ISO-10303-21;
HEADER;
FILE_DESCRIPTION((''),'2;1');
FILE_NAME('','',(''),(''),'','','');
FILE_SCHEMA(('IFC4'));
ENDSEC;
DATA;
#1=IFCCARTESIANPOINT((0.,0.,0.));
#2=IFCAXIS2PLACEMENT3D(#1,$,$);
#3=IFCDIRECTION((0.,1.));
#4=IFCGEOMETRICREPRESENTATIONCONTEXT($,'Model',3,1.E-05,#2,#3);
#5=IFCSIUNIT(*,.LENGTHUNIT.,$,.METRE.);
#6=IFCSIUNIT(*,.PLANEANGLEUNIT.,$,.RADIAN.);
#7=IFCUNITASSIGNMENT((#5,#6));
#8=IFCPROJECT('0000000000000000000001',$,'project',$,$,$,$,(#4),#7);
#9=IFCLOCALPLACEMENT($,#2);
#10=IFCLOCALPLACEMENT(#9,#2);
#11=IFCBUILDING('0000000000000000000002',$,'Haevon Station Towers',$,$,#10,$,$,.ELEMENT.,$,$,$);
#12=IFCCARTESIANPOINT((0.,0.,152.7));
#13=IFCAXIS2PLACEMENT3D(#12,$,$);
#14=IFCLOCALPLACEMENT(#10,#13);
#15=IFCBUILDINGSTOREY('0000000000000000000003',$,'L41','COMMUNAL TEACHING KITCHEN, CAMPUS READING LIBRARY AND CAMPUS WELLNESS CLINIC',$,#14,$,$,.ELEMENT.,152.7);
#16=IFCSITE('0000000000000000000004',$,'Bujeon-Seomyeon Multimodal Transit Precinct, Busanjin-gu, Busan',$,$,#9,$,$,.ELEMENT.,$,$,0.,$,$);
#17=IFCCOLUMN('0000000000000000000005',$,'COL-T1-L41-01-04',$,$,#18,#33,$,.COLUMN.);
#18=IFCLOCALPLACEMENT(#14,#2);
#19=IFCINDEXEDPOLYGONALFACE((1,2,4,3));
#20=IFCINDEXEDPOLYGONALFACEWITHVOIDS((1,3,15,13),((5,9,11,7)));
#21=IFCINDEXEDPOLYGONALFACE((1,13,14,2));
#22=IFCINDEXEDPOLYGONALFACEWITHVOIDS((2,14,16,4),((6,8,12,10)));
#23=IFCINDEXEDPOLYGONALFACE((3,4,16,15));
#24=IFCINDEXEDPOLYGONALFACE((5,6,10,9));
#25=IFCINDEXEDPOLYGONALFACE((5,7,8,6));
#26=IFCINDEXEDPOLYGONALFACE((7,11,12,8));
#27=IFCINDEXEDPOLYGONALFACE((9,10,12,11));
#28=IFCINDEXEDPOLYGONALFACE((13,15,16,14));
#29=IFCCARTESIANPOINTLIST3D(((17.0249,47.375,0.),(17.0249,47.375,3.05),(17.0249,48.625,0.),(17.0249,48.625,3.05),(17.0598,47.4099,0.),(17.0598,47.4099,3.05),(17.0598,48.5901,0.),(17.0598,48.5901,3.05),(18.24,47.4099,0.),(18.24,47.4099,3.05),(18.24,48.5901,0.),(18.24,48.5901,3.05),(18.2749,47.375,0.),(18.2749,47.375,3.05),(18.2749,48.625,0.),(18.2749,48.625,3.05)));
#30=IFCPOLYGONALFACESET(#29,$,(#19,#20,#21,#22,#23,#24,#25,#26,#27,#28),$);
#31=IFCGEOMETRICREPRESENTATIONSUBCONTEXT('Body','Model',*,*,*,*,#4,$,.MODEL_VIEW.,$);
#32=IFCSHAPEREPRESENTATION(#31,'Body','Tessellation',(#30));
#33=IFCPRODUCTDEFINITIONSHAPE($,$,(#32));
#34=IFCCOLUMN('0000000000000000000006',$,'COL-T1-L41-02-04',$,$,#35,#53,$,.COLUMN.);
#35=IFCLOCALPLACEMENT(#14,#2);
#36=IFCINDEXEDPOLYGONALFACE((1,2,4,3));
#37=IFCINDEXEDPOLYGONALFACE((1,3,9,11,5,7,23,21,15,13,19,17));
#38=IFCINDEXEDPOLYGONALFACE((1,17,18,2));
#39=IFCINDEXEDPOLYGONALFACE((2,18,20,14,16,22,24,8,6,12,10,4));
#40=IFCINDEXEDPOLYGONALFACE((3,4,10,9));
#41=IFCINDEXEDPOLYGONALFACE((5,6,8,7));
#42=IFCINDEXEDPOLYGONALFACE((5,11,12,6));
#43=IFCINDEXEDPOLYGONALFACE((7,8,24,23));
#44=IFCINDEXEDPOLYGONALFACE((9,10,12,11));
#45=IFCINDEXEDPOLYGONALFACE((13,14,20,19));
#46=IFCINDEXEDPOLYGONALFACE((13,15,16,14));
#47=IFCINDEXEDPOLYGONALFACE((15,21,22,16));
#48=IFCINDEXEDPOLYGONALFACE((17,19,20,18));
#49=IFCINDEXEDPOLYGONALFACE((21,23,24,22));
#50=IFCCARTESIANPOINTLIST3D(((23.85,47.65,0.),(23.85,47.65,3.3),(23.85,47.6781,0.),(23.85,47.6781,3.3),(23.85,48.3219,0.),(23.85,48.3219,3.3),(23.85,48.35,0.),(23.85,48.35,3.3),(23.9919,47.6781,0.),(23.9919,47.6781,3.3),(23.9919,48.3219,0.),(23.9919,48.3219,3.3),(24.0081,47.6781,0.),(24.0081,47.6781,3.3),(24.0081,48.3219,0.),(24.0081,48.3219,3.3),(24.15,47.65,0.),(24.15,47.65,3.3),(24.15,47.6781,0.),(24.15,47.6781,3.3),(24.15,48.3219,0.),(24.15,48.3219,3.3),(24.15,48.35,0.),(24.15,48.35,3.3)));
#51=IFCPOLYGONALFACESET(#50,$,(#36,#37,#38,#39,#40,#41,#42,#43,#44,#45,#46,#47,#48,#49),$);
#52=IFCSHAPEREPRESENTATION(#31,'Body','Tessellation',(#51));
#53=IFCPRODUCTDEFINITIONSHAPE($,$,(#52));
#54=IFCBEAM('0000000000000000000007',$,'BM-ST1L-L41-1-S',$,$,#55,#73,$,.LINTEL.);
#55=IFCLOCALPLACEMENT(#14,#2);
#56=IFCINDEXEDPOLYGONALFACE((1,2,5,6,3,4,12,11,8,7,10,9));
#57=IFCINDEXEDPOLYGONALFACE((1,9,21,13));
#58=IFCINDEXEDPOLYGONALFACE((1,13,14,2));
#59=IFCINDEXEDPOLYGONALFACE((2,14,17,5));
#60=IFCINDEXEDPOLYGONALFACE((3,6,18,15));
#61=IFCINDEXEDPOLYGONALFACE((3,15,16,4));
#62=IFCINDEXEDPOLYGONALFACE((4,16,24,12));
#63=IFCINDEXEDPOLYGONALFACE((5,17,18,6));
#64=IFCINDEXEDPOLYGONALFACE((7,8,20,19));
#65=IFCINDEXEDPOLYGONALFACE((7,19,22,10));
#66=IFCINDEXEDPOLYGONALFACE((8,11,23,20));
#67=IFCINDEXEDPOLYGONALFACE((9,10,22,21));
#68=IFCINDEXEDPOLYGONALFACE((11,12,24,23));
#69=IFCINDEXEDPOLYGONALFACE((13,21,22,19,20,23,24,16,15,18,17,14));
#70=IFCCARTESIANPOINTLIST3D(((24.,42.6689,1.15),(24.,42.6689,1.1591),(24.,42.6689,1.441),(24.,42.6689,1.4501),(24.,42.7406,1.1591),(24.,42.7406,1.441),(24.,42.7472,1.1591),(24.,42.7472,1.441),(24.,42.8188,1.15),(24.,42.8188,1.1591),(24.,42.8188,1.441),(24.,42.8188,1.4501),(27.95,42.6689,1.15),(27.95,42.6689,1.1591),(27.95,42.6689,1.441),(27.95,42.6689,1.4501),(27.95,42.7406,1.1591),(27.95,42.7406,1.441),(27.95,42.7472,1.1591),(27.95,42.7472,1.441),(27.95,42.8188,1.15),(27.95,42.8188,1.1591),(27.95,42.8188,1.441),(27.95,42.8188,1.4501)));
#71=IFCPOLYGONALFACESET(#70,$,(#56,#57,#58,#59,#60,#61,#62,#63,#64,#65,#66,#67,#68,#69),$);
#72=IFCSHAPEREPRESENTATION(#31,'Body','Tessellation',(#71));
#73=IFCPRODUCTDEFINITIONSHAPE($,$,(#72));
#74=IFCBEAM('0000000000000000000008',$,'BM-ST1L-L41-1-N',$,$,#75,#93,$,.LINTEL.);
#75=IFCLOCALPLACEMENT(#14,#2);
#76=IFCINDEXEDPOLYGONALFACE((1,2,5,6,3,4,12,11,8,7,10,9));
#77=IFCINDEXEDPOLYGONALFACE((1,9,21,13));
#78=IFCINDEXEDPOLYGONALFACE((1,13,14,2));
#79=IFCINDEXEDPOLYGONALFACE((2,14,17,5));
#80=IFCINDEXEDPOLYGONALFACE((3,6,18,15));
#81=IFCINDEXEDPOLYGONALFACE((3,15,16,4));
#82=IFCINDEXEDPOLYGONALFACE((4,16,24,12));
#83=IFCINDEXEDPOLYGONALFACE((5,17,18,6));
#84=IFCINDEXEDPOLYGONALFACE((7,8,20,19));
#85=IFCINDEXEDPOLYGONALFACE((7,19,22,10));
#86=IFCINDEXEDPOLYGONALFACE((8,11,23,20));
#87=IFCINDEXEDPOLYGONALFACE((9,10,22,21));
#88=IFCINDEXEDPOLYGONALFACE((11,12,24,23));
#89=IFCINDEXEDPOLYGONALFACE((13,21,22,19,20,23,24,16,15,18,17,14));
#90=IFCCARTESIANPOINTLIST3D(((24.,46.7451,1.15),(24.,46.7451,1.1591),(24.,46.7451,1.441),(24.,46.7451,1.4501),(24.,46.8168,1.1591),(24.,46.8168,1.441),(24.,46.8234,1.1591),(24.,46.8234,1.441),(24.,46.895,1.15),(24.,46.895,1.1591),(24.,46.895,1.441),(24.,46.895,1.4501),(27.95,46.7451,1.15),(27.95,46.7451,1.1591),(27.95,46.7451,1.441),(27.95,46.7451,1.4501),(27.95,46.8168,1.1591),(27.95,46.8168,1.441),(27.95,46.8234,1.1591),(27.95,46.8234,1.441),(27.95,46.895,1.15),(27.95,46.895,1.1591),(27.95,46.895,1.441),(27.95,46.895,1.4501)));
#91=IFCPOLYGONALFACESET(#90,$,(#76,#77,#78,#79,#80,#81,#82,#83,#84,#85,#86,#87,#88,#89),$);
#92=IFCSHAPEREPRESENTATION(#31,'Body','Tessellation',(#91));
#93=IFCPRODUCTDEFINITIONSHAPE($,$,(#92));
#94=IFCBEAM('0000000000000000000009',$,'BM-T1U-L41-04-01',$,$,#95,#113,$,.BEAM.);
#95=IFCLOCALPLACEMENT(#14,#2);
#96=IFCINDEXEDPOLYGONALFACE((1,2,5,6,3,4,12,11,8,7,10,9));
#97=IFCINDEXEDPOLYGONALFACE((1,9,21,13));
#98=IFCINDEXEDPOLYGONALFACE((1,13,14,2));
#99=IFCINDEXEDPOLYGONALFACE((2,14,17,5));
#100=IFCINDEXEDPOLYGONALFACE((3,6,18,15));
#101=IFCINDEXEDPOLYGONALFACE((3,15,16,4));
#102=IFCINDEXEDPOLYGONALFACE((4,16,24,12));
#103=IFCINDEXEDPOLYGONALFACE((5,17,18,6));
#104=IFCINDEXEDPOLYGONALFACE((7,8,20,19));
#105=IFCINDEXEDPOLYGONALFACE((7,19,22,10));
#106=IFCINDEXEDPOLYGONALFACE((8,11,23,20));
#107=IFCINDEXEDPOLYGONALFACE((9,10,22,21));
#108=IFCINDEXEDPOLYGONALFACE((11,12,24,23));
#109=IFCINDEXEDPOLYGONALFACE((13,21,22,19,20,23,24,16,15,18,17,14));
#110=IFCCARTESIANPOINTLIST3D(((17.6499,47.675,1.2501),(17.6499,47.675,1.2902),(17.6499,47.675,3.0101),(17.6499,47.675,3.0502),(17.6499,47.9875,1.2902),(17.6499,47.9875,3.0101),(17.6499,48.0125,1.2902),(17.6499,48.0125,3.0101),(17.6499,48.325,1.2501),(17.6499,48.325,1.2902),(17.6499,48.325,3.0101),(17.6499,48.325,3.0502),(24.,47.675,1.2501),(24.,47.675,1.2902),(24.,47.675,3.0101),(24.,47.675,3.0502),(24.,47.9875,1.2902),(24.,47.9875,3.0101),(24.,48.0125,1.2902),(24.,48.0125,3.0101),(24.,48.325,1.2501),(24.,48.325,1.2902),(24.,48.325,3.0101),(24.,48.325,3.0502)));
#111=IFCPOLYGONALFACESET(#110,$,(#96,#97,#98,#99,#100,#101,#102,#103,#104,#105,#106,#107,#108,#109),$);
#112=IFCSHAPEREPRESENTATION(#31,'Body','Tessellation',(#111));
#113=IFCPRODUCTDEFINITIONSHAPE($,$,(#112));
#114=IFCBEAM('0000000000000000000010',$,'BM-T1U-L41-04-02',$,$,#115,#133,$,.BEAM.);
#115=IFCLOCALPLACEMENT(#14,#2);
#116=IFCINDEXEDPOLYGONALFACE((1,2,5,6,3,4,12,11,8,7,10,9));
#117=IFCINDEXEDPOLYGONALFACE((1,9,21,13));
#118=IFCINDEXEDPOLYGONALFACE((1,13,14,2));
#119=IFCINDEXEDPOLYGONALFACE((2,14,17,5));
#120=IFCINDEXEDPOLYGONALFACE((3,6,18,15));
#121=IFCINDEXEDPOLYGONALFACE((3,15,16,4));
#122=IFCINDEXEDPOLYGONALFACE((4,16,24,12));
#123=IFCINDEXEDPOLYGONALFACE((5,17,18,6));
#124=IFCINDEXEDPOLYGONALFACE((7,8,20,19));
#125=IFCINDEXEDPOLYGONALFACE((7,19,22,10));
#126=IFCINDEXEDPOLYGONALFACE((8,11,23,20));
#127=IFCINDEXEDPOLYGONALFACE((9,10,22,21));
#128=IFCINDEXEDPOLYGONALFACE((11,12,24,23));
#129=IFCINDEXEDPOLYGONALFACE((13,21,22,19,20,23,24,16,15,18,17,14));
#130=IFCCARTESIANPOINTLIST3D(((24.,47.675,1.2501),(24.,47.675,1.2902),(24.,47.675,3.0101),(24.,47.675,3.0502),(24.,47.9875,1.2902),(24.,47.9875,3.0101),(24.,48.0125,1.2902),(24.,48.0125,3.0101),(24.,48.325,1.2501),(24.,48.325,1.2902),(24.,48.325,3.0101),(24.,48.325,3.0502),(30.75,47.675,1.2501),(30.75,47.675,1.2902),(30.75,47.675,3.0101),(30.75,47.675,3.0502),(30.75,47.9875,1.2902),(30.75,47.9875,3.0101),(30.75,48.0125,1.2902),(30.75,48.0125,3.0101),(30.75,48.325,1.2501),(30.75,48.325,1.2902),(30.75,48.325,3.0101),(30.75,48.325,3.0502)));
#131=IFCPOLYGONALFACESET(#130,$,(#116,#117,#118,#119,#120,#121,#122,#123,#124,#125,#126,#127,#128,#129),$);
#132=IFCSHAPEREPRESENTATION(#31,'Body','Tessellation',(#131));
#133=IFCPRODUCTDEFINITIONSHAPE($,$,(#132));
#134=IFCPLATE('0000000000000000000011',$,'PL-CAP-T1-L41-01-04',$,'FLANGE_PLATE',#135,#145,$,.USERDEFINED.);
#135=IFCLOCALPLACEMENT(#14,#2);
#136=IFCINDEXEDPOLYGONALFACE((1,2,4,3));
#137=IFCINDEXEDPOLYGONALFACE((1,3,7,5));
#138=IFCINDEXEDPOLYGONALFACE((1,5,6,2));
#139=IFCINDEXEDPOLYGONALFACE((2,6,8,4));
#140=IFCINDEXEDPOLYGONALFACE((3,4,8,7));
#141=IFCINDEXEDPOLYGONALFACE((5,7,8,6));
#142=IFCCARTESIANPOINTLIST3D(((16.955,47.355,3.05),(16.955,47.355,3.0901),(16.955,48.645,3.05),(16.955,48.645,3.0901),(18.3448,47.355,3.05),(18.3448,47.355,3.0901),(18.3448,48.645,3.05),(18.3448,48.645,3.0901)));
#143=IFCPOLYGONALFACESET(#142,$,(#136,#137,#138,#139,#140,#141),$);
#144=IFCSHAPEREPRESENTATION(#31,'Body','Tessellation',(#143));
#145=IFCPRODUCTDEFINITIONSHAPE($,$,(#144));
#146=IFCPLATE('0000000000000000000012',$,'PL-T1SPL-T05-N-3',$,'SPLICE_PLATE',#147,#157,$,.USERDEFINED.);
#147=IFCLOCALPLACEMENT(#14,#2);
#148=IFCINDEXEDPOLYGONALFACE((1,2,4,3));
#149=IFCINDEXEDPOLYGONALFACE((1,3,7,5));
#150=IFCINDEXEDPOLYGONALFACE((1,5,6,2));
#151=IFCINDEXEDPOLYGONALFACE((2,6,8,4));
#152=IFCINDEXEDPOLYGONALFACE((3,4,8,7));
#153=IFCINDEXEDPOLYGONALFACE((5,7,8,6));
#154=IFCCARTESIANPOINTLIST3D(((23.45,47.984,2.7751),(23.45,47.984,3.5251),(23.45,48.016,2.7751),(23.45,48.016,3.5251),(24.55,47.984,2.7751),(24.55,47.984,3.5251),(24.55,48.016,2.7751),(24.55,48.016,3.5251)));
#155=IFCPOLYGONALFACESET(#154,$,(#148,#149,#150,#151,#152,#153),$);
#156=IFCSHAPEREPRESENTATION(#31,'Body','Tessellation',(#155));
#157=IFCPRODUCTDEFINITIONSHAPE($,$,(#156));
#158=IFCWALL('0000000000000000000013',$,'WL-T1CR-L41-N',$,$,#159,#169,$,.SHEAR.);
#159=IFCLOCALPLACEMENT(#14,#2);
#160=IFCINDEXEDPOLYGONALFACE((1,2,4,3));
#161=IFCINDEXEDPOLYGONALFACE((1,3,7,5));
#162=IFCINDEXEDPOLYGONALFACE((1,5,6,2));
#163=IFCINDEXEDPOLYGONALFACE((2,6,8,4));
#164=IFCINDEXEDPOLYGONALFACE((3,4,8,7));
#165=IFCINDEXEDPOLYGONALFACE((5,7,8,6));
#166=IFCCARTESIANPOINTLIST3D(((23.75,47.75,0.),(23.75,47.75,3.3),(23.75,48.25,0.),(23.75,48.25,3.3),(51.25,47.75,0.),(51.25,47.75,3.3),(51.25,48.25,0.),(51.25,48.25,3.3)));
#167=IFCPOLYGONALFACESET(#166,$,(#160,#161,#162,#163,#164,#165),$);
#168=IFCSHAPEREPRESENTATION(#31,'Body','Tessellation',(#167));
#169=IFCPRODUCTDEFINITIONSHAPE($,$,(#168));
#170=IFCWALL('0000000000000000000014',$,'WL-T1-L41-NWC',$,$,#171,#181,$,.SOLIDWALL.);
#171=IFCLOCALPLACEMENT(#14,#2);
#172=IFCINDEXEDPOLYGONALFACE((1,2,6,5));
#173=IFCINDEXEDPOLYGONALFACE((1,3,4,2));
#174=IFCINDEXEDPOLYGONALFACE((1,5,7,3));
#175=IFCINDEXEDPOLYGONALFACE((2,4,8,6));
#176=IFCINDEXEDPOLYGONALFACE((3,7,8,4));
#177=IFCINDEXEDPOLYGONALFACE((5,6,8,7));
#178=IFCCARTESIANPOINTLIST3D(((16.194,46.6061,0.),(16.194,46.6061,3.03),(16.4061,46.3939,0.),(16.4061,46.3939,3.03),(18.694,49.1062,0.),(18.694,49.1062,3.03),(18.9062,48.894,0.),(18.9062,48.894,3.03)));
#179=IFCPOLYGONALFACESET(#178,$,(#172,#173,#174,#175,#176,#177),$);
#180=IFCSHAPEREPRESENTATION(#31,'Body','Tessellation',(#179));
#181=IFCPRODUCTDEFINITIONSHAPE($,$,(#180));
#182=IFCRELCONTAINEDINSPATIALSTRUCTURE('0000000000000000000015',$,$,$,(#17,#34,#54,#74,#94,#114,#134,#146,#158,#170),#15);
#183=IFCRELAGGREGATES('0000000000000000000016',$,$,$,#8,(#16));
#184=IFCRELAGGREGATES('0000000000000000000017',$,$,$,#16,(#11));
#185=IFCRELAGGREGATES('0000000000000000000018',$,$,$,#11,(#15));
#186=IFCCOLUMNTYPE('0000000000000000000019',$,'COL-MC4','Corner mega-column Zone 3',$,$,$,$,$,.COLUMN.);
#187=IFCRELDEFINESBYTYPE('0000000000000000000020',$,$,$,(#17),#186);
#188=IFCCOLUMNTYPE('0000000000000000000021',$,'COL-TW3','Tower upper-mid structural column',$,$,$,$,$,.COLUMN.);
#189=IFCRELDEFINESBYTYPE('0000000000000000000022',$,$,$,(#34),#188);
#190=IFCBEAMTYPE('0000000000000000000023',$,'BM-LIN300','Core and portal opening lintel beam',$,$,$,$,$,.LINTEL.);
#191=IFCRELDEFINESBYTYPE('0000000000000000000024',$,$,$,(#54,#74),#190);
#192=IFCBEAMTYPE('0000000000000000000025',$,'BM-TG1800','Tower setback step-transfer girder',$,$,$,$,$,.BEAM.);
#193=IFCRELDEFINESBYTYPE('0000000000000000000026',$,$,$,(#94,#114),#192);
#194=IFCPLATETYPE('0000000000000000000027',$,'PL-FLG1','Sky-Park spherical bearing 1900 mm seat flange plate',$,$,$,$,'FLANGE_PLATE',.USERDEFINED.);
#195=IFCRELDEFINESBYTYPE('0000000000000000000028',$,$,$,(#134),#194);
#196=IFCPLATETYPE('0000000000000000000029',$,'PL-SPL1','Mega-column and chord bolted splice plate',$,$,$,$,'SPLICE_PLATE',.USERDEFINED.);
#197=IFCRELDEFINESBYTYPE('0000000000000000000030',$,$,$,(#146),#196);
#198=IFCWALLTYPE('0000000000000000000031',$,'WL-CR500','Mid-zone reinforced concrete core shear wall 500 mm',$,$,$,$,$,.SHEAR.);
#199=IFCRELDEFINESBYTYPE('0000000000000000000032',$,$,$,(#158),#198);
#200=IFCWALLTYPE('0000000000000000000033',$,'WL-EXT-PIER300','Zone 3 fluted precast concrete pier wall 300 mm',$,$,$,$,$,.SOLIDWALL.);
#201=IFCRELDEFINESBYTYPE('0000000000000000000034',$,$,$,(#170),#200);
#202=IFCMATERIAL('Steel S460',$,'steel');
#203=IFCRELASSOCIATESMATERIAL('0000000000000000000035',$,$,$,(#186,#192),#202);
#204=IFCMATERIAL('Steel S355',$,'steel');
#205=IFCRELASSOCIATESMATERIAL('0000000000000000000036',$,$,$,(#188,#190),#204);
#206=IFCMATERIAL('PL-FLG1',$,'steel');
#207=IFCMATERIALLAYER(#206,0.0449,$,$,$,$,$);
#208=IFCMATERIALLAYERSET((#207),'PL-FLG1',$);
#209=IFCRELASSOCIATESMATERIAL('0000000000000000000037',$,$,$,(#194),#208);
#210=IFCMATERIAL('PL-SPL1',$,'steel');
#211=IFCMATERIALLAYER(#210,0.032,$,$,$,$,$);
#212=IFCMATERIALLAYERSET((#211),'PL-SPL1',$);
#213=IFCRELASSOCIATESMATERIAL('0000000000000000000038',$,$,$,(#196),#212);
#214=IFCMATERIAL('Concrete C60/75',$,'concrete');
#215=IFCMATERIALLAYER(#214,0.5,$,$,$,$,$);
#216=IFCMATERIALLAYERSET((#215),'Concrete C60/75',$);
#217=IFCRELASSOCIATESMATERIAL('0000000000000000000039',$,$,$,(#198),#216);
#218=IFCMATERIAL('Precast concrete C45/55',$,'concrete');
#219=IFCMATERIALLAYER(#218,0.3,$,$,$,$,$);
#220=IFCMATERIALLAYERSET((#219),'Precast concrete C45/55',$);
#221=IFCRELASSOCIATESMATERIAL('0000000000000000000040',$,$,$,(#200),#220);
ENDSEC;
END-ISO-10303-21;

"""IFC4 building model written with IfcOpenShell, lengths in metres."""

from ifc_helpers import new_model, si_unit, direction, frame, frame_2d, origin, origin_2d, place, context, subcontext, project, spatial, rectangle, hollow_rectangle, i_section, extrude, material, layer, layer_set, material_profile, profile_set, type_object, element, save


model = new_model("IFC4")

# Units and contexts
model_context = context("Model", 3, precision=1e-05, world=origin(), true_north=direction((0.0, 1.0)))
body_context = subcontext(model_context, "Body", "Model", "MODEL_VIEW")
ifc_project = project(units=[si_unit("LENGTHUNIT", "METRE"), si_unit("PLANEANGLEUNIT", "RADIAN")], contexts=[model_context])

# Site, building, storey
site_placement = place(None, origin())
site = spatial("IfcSite", under=ifc_project, at=site_placement, Name="Bujeon-Seomyeon Multimodal Transit Precinct, Busanjin-gu, Busan", CompositionType="ELEMENT", RefElevation=0.0)
building_placement = place(site_placement, origin())
building = spatial("IfcBuilding", under=site, at=building_placement, Name="Haevon Station Towers", CompositionType="ELEMENT")
storey_placement = place(building_placement, frame((0.0, 0.0, 152.7)))
storey = spatial("IfcBuildingStorey", under=building, at=storey_placement, Name="L41", Description="COMMUNAL TEACHING KITCHEN, CAMPUS READING LIBRARY AND CAMPUS WELLNESS CLINIC", CompositionType="ELEMENT", Elevation=152.7)

# Columns
ifc_material_1 = material(Name="Steel S460", Category="steel")
ifc_material_profile_1 = material_profile(ifc_material_1, hollow_rectangle(XDim=1.25, YDim=1.25, WallThickness=0.0349, at=origin_2d()), Name="BOX-1250x1250x35")
ifc_profile_set_1 = profile_set([ifc_material_profile_1], Name="Steel S460")
column_type_1 = type_object("IfcColumnType", Name="COL-MC4", Description="Corner mega-column Zone 3", PredefinedType="COLUMN", material=ifc_profile_set_1)
column_1_placement = place(storey_placement, frame((17.6499, 48.0, 0.0), z_axis=(0.0, 0.0, 1.0), x_axis=(1.0, 0.0, 0.0)))
element("IfcColumn", 1, at=column_1_placement, inside=storey, type_object=column_type_1, Name="COL-T1-L41-01-04", PredefinedType="COLUMN", context=body_context, shape_type="SweptSolid", body=[
    extrude(hollow_rectangle(XDim=1.25, YDim=1.25, WallThickness=0.0349, at=origin_2d()), origin(), (0.0, 0.0, 1.0), 3.05),
])
ifc_material_2 = material(Name="Steel S355", Category="steel")
ifc_material_profile_2 = material_profile(ifc_material_2, i_section(OverallWidth=0.3, OverallDepth=0.7, WebThickness=0.0161, FlangeThickness=0.0281, at=origin_2d()), Name="H-700x300x16x28")
ifc_profile_set_2 = profile_set([ifc_material_profile_2], Name="Steel S355")
column_type_2 = type_object("IfcColumnType", Name="COL-TW3", Description="Tower upper-mid structural column", PredefinedType="COLUMN", material=ifc_profile_set_2)
column_2_placement = place(storey_placement, frame((24.0, 48.0, 0.0), z_axis=(0.0, 0.0, 1.0), x_axis=(1.0, 0.0, 0.0)))
element("IfcColumn", 2, at=column_2_placement, inside=storey, type_object=column_type_2, Name="COL-T1-L41-02-04", PredefinedType="COLUMN", context=body_context, shape_type="SweptSolid", body=[
    extrude(i_section(OverallWidth=0.3, OverallDepth=0.7, WebThickness=0.0161, FlangeThickness=0.0281, at=origin_2d()), origin(), (0.0, 0.0, 1.0), 3.3),
])

# Beams
ifc_material_profile_3 = material_profile(ifc_material_2, i_section(OverallWidth=0.1499, OverallDepth=0.3, WebThickness=0.0066, FlangeThickness=0.009, at=origin_2d()), Name="H-300x150x6.5x9")
ifc_profile_set_3 = profile_set([ifc_material_profile_3], Name="Steel S355")
beam_type_1 = type_object("IfcBeamType", Name="BM-LIN300", Description="Core and portal opening lintel beam", PredefinedType="LINTEL", material=ifc_profile_set_3)
for number, where, z_axis, x_axis, name in (
    (3, (24.0, 42.7439, 1.3), (1.0, 0.0, 0.0), (0.0, 1.0, 0.0), "BM-ST1L-L41-1-S"),
    (4, (24.0, 46.8201, 1.3), (1.0, 0.0, 0.0), (0.0, 1.0, 0.0), "BM-ST1L-L41-1-N"),
):
    element("IfcBeam", number, at=place(storey_placement, frame(where, z_axis=z_axis, x_axis=x_axis)), inside=storey, type_object=beam_type_1, Name=name, PredefinedType="LINTEL", context=body_context, shape_type="SweptSolid", body=[
        extrude(i_section(OverallWidth=0.1499, OverallDepth=0.3, WebThickness=0.0066, FlangeThickness=0.009, at=origin_2d()), origin(), (0.0, 0.0, 1.0), 3.95),
    ])
ifc_material_profile_4 = material_profile(ifc_material_1, i_section(OverallWidth=0.6499, OverallDepth=1.8, WebThickness=0.0249, FlangeThickness=0.04, at=origin_2d()), Name="H-1800x650x25x40")
ifc_profile_set_4 = profile_set([ifc_material_profile_4], Name="Steel S460")
beam_type_2 = type_object("IfcBeamType", Name="BM-TG1800", Description="Tower setback step-transfer girder", PredefinedType="BEAM", material=ifc_profile_set_4)
beam_1_placement = place(storey_placement, frame((17.6499, 48.0, 2.1501), z_axis=(1.0, 0.0, 0.0), x_axis=(0.0, 1.0, 0.0)))
element("IfcBeam", 5, at=beam_1_placement, inside=storey, type_object=beam_type_2, Name="BM-T1U-L41-04-01", PredefinedType="BEAM", context=body_context, shape_type="SweptSolid", body=[
    extrude(i_section(OverallWidth=0.6499, OverallDepth=1.8, WebThickness=0.0249, FlangeThickness=0.04, at=origin_2d()), origin(), (0.0, 0.0, 1.0), 6.3501),
])
beam_2_placement = place(storey_placement, frame((24.0, 48.0, 2.1501), z_axis=(1.0, 0.0, 0.0), x_axis=(0.0, 1.0, 0.0)))
element("IfcBeam", 6, at=beam_2_placement, inside=storey, type_object=beam_type_2, Name="BM-T1U-L41-04-02", PredefinedType="BEAM", context=body_context, shape_type="SweptSolid", body=[
    extrude(i_section(OverallWidth=0.6499, OverallDepth=1.8, WebThickness=0.0249, FlangeThickness=0.04, at=origin_2d()), origin(), (0.0, 0.0, 1.0), 6.75),
])

# Plates
ifc_material_3 = material(Name="PL-FLG1", Category="steel")
ifc_layer_1 = layer(ifc_material_3, 0.0449)
ifc_layer_set_1 = layer_set([ifc_layer_1], Name="PL-FLG1")
plate_type_1 = type_object("IfcPlateType", Name="PL-FLG1", Description="Sky-Park spherical bearing 1900 mm seat flange plate", ElementType="FLANGE_PLATE", PredefinedType="USERDEFINED", material=ifc_layer_set_1)
plate_1_placement = place(storey_placement, frame((17.6499, 48.0, 3.05), z_axis=(0.0, 0.0, 1.0), x_axis=(1.0, 0.0, 0.0)))
element("IfcPlate", 7, at=plate_1_placement, inside=storey, type_object=plate_type_1, Name="PL-CAP-T1-L41-01-04", ObjectType="FLANGE_PLATE", PredefinedType="USERDEFINED", context=body_context, shape_type="SweptSolid", body=[
    extrude(rectangle(XDim=1.3899, YDim=1.29, at=origin_2d()), origin(), (0.0, 0.0, 1.0), 0.04),
])
ifc_material_4 = material(Name="PL-SPL1", Category="steel")
ifc_layer_2 = layer(ifc_material_4, 0.032)
ifc_layer_set_2 = layer_set([ifc_layer_2], Name="PL-SPL1")
plate_type_2 = type_object("IfcPlateType", Name="PL-SPL1", Description="Mega-column and chord bolted splice plate", ElementType="SPLICE_PLATE", PredefinedType="USERDEFINED", material=ifc_layer_set_2)
plate_2_placement = place(storey_placement, frame((24.0, 48.0, 2.7751), z_axis=(0.0, 0.0, 1.0), x_axis=(1.0, 0.0, 0.0)))
element("IfcPlate", 8, at=plate_2_placement, inside=storey, type_object=plate_type_2, Name="PL-T1SPL-T05-N-3", ObjectType="SPLICE_PLATE", PredefinedType="USERDEFINED", context=body_context, shape_type="SweptSolid", body=[
    extrude(rectangle(XDim=1.1001, YDim=0.032, at=origin_2d()), origin(), (0.0, 0.0, 1.0), 0.75),
])

# Walls
ifc_material_5 = material(Name="Concrete C60/75", Category="concrete")
ifc_layer_3 = layer(ifc_material_5, 0.5)
ifc_layer_set_3 = layer_set([ifc_layer_3], Name="Concrete C60/75")
wall_type_1 = type_object("IfcWallType", Name="WL-CR500", Description="Mid-zone reinforced concrete core shear wall 500 mm", PredefinedType="SHEAR", material=ifc_layer_set_3)
wall_1_placement = place(storey_placement, frame((23.75, 48.0, 0.0), z_axis=(0.0, 0.0, 1.0), x_axis=(1.0, 0.0, 0.0)))
element("IfcWall", 9, at=wall_1_placement, inside=storey, type_object=wall_type_1, Name="WL-T1CR-L41-N", PredefinedType="SHEAR", context=body_context, shape_type="SweptSolid", body=[
    extrude(rectangle(XDim=27.5, YDim=0.5, at=frame_2d((13.75, 0.0))), origin(), (0.0, 0.0, 1.0), 3.3),
])
ifc_material_6 = material(Name="Precast concrete C45/55", Category="concrete")
ifc_layer_4 = layer(ifc_material_6, 0.3)
ifc_layer_set_4 = layer_set([ifc_layer_4], Name="Precast concrete C45/55")
wall_type_2 = type_object("IfcWallType", Name="WL-EXT-PIER300", Description="Zone 3 fluted precast concrete pier wall 300 mm", PredefinedType="SOLIDWALL", material=ifc_layer_set_4)
wall_2_placement = place(storey_placement, frame((16.3, 46.5, 0.0), z_axis=(0.0, 0.0, 1.0), x_axis=(0.707107, 0.707107, 0.0)))
element("IfcWall", 10, at=wall_2_placement, inside=storey, type_object=wall_type_2, Name="WL-T1-L41-NWC", PredefinedType="SOLIDWALL", context=body_context, shape_type="SweptSolid", body=[
    extrude(rectangle(XDim=3.5356, YDim=0.3, at=frame_2d((1.7678, 0.0))), origin(), (0.0, 0.0, 1.0), 3.03),
])

save(model, "model.ifc")
